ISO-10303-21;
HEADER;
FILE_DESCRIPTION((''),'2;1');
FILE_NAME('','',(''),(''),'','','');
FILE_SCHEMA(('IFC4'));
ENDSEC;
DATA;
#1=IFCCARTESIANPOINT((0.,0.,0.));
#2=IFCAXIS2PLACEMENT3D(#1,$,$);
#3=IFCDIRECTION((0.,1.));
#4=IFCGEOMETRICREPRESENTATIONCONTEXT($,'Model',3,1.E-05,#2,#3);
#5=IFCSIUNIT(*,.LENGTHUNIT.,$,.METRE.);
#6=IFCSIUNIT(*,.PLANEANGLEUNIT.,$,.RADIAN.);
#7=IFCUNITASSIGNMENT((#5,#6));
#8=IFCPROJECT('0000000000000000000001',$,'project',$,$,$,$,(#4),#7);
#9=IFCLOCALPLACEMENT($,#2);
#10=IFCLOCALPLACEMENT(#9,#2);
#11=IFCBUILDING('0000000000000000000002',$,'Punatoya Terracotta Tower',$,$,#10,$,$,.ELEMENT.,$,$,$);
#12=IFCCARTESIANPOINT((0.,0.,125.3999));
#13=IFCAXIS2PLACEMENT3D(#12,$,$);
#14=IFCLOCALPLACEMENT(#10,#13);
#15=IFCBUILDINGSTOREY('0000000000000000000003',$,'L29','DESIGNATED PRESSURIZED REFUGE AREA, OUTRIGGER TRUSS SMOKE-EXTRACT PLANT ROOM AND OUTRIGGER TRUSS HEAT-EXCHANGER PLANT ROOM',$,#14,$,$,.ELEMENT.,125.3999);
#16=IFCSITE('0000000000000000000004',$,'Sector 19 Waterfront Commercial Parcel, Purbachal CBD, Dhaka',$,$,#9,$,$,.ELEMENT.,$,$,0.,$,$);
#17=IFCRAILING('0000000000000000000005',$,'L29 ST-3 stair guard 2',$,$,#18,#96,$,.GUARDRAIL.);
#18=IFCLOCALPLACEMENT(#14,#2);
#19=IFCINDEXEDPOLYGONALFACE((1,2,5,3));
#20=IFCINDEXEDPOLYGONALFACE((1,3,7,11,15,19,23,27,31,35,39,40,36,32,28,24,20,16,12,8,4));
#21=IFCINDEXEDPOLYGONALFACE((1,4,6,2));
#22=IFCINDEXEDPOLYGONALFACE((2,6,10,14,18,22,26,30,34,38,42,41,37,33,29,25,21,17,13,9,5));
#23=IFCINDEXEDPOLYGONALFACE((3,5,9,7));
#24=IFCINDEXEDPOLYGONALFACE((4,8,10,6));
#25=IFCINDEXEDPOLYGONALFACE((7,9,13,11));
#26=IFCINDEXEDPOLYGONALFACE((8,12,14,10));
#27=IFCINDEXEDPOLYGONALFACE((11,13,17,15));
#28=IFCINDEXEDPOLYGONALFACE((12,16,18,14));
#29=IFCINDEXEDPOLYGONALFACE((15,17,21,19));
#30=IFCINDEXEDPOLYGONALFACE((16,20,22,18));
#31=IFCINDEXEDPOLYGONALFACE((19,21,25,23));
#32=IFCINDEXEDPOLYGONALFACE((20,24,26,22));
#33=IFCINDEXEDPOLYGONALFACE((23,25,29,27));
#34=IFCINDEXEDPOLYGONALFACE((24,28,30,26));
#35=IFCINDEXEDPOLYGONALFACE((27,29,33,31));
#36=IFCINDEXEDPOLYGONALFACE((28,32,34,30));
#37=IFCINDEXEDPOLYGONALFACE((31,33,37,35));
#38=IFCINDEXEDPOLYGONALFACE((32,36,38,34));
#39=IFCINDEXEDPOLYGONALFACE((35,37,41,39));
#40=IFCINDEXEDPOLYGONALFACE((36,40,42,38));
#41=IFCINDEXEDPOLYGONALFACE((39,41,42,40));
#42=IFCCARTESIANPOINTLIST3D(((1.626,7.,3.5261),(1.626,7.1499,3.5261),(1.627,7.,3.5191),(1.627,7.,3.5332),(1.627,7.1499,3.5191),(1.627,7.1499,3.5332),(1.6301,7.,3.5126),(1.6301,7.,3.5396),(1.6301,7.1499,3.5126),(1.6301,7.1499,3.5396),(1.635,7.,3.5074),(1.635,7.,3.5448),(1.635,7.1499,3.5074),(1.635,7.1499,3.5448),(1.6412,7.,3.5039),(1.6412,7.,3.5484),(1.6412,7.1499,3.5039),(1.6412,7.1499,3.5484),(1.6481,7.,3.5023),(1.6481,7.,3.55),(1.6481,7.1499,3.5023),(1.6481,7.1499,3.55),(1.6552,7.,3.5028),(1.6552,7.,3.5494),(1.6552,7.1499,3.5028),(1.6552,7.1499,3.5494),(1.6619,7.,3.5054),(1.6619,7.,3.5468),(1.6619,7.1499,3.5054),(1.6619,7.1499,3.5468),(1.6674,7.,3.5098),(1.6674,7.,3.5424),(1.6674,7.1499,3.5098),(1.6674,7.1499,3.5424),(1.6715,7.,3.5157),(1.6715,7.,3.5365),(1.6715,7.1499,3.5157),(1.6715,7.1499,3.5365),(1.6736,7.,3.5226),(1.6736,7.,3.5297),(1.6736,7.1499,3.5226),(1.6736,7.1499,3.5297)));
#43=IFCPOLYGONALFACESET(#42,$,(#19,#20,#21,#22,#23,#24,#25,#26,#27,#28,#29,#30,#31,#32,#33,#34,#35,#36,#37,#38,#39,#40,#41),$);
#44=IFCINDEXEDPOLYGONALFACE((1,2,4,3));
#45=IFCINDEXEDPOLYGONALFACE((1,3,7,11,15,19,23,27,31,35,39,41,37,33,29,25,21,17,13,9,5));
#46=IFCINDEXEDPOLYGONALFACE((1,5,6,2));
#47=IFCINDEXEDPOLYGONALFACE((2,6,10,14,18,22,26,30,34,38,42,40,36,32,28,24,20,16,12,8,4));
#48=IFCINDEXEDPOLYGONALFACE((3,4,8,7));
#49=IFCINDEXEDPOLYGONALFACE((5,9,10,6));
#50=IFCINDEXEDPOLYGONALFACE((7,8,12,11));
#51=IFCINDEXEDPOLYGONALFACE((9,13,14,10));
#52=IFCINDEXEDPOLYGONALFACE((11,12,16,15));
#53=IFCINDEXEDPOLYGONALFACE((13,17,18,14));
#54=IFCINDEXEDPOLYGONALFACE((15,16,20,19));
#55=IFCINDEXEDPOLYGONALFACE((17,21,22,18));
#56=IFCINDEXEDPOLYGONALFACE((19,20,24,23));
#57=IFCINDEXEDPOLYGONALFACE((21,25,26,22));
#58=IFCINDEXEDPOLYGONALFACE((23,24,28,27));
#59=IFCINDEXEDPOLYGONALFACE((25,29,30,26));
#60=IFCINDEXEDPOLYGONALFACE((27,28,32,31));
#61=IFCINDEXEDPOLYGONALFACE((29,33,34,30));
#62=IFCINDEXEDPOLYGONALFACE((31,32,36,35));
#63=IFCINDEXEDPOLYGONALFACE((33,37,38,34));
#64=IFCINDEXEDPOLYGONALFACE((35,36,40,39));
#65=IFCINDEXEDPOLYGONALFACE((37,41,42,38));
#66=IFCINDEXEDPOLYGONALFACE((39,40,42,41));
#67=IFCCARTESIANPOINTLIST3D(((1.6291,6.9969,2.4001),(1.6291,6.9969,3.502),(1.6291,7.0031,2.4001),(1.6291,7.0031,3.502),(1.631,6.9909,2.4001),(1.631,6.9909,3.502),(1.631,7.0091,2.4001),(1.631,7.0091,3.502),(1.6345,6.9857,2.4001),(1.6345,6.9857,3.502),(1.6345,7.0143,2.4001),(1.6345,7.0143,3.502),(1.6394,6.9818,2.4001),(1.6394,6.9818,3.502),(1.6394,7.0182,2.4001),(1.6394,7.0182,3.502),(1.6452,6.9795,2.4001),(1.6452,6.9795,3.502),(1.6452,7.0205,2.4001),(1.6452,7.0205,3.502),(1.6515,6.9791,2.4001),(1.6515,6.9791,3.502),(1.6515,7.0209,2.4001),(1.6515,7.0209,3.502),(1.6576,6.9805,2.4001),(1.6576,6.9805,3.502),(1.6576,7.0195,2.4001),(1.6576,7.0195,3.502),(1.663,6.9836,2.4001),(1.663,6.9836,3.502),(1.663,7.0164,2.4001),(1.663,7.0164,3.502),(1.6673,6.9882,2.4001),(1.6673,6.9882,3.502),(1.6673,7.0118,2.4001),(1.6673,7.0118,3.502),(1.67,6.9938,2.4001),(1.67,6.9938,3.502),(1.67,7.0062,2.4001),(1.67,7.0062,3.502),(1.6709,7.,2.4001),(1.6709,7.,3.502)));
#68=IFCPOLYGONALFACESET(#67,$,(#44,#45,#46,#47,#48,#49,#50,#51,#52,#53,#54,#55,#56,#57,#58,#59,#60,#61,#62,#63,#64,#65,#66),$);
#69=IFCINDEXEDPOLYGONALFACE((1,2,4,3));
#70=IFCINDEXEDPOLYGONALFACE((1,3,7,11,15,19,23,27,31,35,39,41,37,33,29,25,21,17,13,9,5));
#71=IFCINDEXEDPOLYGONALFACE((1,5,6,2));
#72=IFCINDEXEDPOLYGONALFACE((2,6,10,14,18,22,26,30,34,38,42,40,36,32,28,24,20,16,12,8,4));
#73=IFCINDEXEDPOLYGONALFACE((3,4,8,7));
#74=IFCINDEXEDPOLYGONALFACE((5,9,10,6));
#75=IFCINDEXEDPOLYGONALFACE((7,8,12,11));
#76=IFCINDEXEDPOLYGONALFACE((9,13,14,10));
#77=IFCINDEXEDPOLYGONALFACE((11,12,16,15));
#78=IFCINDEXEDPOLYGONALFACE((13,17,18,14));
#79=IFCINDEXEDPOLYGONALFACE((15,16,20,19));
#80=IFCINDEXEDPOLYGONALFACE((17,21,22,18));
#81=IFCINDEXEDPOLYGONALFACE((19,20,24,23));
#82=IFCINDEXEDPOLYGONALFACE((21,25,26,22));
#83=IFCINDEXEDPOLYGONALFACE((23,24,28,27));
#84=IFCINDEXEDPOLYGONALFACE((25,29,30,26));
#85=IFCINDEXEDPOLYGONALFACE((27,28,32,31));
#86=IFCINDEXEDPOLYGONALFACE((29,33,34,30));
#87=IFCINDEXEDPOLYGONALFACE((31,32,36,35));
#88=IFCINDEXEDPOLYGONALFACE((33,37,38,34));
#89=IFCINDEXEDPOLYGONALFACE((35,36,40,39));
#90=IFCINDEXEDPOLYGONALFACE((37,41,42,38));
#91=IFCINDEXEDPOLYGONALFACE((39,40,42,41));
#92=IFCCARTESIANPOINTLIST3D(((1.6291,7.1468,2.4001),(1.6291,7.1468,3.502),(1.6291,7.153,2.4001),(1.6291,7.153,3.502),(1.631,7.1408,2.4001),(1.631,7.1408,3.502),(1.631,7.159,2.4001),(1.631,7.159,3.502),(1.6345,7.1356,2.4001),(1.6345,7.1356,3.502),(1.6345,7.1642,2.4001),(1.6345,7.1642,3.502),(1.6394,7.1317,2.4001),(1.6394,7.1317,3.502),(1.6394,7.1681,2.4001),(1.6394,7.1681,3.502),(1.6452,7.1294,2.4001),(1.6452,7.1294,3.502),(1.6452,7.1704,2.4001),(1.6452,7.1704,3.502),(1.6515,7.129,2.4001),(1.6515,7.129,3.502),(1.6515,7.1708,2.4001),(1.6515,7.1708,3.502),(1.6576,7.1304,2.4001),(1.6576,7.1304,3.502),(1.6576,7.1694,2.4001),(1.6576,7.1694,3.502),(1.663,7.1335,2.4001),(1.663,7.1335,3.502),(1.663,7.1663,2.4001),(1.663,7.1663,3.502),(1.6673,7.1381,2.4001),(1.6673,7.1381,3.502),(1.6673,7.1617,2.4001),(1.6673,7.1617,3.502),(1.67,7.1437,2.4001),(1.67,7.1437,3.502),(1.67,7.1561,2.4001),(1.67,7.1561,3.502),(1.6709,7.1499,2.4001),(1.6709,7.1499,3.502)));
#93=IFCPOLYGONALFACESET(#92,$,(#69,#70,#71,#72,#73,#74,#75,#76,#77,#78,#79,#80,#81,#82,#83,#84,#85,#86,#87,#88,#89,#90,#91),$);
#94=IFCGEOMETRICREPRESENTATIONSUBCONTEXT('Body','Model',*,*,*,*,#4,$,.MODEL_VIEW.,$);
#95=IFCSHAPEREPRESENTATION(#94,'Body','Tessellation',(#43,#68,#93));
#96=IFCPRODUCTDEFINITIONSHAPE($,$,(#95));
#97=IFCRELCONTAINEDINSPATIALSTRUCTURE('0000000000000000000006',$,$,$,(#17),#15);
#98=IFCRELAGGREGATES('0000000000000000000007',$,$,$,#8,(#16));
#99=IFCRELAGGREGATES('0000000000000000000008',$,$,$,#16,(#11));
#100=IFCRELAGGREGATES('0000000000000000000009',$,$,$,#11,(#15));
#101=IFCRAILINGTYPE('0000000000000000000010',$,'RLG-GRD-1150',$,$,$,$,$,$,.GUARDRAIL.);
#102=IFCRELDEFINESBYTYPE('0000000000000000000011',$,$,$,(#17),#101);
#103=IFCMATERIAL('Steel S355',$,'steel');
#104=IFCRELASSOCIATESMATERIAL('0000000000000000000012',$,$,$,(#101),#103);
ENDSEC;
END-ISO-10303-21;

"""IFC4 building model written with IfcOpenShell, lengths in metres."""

from ifc_helpers import new_model, si_unit, direction, frame, origin, origin_2d, place, context, subcontext, project, spatial, circle, extrude, material, type_object, element, save


model = new_model("IFC4")

# Units and contexts
model_context = context("Model", 3, precision=1e-05, world=origin(), true_north=direction((0.0, 1.0)))
body_context = subcontext(model_context, "Body", "Model", "MODEL_VIEW")
ifc_project = project(units=[si_unit("LENGTHUNIT", "METRE"), si_unit("PLANEANGLEUNIT", "RADIAN")], contexts=[model_context])

# Site, building, storey
site_placement = place(None, origin())
site = spatial("IfcSite", under=ifc_project, at=site_placement, Name="Sector 19 Waterfront Commercial Parcel, Purbachal CBD, Dhaka", CompositionType="ELEMENT", RefElevation=0.0)
building_placement = place(site_placement, origin())
building = spatial("IfcBuilding", under=site, at=building_placement, Name="Punatoya Terracotta Tower", CompositionType="ELEMENT")
storey_placement = place(building_placement, frame((0.0, 0.0, 125.3999)))
storey = spatial("IfcBuildingStorey", under=building, at=storey_placement, Name="L29", Description="DESIGNATED PRESSURIZED REFUGE AREA, OUTRIGGER TRUSS SMOKE-EXTRACT PLANT ROOM AND OUTRIGGER TRUSS HEAT-EXCHANGER PLANT ROOM", CompositionType="ELEMENT", Elevation=125.3999)

# Shared definitions
ifc_material_1 = material(Name="Steel S355", Category="steel")

# Railing
railing_type_1 = type_object("IfcRailingType", Name="RLG-GRD-1150", PredefinedType="GUARDRAIL", material=ifc_material_1)
railing_1_placement = place(storey_placement, frame((1.6499, 7.0, 2.4001)))
element("IfcRailing", 1, at=railing_1_placement, inside=storey, type_object=railing_type_1, Name="L29 ST-3 stair guard 2", PredefinedType="GUARDRAIL", context=body_context, shape_type="SweptSolid", body=[
    extrude(circle(Radius=0.0239, at=origin_2d()), frame((0.0, 0.0, 1.126), z_axis=(0.0, 1.0, 0.0), x_axis=(-1.0, 0.0, 0.0)), (0.0, 0.0, 1.0), 0.1499),
    extrude(circle(Radius=0.021, at=origin_2d()), origin(), (0.0, 0.0, 1.0), 1.1018),
    extrude(circle(Radius=0.021, at=origin_2d()), frame((0.0, 0.1499, 0.0)), (0.0, 0.0, 1.0), 1.1018),
])

save(model, "model.ifc")
